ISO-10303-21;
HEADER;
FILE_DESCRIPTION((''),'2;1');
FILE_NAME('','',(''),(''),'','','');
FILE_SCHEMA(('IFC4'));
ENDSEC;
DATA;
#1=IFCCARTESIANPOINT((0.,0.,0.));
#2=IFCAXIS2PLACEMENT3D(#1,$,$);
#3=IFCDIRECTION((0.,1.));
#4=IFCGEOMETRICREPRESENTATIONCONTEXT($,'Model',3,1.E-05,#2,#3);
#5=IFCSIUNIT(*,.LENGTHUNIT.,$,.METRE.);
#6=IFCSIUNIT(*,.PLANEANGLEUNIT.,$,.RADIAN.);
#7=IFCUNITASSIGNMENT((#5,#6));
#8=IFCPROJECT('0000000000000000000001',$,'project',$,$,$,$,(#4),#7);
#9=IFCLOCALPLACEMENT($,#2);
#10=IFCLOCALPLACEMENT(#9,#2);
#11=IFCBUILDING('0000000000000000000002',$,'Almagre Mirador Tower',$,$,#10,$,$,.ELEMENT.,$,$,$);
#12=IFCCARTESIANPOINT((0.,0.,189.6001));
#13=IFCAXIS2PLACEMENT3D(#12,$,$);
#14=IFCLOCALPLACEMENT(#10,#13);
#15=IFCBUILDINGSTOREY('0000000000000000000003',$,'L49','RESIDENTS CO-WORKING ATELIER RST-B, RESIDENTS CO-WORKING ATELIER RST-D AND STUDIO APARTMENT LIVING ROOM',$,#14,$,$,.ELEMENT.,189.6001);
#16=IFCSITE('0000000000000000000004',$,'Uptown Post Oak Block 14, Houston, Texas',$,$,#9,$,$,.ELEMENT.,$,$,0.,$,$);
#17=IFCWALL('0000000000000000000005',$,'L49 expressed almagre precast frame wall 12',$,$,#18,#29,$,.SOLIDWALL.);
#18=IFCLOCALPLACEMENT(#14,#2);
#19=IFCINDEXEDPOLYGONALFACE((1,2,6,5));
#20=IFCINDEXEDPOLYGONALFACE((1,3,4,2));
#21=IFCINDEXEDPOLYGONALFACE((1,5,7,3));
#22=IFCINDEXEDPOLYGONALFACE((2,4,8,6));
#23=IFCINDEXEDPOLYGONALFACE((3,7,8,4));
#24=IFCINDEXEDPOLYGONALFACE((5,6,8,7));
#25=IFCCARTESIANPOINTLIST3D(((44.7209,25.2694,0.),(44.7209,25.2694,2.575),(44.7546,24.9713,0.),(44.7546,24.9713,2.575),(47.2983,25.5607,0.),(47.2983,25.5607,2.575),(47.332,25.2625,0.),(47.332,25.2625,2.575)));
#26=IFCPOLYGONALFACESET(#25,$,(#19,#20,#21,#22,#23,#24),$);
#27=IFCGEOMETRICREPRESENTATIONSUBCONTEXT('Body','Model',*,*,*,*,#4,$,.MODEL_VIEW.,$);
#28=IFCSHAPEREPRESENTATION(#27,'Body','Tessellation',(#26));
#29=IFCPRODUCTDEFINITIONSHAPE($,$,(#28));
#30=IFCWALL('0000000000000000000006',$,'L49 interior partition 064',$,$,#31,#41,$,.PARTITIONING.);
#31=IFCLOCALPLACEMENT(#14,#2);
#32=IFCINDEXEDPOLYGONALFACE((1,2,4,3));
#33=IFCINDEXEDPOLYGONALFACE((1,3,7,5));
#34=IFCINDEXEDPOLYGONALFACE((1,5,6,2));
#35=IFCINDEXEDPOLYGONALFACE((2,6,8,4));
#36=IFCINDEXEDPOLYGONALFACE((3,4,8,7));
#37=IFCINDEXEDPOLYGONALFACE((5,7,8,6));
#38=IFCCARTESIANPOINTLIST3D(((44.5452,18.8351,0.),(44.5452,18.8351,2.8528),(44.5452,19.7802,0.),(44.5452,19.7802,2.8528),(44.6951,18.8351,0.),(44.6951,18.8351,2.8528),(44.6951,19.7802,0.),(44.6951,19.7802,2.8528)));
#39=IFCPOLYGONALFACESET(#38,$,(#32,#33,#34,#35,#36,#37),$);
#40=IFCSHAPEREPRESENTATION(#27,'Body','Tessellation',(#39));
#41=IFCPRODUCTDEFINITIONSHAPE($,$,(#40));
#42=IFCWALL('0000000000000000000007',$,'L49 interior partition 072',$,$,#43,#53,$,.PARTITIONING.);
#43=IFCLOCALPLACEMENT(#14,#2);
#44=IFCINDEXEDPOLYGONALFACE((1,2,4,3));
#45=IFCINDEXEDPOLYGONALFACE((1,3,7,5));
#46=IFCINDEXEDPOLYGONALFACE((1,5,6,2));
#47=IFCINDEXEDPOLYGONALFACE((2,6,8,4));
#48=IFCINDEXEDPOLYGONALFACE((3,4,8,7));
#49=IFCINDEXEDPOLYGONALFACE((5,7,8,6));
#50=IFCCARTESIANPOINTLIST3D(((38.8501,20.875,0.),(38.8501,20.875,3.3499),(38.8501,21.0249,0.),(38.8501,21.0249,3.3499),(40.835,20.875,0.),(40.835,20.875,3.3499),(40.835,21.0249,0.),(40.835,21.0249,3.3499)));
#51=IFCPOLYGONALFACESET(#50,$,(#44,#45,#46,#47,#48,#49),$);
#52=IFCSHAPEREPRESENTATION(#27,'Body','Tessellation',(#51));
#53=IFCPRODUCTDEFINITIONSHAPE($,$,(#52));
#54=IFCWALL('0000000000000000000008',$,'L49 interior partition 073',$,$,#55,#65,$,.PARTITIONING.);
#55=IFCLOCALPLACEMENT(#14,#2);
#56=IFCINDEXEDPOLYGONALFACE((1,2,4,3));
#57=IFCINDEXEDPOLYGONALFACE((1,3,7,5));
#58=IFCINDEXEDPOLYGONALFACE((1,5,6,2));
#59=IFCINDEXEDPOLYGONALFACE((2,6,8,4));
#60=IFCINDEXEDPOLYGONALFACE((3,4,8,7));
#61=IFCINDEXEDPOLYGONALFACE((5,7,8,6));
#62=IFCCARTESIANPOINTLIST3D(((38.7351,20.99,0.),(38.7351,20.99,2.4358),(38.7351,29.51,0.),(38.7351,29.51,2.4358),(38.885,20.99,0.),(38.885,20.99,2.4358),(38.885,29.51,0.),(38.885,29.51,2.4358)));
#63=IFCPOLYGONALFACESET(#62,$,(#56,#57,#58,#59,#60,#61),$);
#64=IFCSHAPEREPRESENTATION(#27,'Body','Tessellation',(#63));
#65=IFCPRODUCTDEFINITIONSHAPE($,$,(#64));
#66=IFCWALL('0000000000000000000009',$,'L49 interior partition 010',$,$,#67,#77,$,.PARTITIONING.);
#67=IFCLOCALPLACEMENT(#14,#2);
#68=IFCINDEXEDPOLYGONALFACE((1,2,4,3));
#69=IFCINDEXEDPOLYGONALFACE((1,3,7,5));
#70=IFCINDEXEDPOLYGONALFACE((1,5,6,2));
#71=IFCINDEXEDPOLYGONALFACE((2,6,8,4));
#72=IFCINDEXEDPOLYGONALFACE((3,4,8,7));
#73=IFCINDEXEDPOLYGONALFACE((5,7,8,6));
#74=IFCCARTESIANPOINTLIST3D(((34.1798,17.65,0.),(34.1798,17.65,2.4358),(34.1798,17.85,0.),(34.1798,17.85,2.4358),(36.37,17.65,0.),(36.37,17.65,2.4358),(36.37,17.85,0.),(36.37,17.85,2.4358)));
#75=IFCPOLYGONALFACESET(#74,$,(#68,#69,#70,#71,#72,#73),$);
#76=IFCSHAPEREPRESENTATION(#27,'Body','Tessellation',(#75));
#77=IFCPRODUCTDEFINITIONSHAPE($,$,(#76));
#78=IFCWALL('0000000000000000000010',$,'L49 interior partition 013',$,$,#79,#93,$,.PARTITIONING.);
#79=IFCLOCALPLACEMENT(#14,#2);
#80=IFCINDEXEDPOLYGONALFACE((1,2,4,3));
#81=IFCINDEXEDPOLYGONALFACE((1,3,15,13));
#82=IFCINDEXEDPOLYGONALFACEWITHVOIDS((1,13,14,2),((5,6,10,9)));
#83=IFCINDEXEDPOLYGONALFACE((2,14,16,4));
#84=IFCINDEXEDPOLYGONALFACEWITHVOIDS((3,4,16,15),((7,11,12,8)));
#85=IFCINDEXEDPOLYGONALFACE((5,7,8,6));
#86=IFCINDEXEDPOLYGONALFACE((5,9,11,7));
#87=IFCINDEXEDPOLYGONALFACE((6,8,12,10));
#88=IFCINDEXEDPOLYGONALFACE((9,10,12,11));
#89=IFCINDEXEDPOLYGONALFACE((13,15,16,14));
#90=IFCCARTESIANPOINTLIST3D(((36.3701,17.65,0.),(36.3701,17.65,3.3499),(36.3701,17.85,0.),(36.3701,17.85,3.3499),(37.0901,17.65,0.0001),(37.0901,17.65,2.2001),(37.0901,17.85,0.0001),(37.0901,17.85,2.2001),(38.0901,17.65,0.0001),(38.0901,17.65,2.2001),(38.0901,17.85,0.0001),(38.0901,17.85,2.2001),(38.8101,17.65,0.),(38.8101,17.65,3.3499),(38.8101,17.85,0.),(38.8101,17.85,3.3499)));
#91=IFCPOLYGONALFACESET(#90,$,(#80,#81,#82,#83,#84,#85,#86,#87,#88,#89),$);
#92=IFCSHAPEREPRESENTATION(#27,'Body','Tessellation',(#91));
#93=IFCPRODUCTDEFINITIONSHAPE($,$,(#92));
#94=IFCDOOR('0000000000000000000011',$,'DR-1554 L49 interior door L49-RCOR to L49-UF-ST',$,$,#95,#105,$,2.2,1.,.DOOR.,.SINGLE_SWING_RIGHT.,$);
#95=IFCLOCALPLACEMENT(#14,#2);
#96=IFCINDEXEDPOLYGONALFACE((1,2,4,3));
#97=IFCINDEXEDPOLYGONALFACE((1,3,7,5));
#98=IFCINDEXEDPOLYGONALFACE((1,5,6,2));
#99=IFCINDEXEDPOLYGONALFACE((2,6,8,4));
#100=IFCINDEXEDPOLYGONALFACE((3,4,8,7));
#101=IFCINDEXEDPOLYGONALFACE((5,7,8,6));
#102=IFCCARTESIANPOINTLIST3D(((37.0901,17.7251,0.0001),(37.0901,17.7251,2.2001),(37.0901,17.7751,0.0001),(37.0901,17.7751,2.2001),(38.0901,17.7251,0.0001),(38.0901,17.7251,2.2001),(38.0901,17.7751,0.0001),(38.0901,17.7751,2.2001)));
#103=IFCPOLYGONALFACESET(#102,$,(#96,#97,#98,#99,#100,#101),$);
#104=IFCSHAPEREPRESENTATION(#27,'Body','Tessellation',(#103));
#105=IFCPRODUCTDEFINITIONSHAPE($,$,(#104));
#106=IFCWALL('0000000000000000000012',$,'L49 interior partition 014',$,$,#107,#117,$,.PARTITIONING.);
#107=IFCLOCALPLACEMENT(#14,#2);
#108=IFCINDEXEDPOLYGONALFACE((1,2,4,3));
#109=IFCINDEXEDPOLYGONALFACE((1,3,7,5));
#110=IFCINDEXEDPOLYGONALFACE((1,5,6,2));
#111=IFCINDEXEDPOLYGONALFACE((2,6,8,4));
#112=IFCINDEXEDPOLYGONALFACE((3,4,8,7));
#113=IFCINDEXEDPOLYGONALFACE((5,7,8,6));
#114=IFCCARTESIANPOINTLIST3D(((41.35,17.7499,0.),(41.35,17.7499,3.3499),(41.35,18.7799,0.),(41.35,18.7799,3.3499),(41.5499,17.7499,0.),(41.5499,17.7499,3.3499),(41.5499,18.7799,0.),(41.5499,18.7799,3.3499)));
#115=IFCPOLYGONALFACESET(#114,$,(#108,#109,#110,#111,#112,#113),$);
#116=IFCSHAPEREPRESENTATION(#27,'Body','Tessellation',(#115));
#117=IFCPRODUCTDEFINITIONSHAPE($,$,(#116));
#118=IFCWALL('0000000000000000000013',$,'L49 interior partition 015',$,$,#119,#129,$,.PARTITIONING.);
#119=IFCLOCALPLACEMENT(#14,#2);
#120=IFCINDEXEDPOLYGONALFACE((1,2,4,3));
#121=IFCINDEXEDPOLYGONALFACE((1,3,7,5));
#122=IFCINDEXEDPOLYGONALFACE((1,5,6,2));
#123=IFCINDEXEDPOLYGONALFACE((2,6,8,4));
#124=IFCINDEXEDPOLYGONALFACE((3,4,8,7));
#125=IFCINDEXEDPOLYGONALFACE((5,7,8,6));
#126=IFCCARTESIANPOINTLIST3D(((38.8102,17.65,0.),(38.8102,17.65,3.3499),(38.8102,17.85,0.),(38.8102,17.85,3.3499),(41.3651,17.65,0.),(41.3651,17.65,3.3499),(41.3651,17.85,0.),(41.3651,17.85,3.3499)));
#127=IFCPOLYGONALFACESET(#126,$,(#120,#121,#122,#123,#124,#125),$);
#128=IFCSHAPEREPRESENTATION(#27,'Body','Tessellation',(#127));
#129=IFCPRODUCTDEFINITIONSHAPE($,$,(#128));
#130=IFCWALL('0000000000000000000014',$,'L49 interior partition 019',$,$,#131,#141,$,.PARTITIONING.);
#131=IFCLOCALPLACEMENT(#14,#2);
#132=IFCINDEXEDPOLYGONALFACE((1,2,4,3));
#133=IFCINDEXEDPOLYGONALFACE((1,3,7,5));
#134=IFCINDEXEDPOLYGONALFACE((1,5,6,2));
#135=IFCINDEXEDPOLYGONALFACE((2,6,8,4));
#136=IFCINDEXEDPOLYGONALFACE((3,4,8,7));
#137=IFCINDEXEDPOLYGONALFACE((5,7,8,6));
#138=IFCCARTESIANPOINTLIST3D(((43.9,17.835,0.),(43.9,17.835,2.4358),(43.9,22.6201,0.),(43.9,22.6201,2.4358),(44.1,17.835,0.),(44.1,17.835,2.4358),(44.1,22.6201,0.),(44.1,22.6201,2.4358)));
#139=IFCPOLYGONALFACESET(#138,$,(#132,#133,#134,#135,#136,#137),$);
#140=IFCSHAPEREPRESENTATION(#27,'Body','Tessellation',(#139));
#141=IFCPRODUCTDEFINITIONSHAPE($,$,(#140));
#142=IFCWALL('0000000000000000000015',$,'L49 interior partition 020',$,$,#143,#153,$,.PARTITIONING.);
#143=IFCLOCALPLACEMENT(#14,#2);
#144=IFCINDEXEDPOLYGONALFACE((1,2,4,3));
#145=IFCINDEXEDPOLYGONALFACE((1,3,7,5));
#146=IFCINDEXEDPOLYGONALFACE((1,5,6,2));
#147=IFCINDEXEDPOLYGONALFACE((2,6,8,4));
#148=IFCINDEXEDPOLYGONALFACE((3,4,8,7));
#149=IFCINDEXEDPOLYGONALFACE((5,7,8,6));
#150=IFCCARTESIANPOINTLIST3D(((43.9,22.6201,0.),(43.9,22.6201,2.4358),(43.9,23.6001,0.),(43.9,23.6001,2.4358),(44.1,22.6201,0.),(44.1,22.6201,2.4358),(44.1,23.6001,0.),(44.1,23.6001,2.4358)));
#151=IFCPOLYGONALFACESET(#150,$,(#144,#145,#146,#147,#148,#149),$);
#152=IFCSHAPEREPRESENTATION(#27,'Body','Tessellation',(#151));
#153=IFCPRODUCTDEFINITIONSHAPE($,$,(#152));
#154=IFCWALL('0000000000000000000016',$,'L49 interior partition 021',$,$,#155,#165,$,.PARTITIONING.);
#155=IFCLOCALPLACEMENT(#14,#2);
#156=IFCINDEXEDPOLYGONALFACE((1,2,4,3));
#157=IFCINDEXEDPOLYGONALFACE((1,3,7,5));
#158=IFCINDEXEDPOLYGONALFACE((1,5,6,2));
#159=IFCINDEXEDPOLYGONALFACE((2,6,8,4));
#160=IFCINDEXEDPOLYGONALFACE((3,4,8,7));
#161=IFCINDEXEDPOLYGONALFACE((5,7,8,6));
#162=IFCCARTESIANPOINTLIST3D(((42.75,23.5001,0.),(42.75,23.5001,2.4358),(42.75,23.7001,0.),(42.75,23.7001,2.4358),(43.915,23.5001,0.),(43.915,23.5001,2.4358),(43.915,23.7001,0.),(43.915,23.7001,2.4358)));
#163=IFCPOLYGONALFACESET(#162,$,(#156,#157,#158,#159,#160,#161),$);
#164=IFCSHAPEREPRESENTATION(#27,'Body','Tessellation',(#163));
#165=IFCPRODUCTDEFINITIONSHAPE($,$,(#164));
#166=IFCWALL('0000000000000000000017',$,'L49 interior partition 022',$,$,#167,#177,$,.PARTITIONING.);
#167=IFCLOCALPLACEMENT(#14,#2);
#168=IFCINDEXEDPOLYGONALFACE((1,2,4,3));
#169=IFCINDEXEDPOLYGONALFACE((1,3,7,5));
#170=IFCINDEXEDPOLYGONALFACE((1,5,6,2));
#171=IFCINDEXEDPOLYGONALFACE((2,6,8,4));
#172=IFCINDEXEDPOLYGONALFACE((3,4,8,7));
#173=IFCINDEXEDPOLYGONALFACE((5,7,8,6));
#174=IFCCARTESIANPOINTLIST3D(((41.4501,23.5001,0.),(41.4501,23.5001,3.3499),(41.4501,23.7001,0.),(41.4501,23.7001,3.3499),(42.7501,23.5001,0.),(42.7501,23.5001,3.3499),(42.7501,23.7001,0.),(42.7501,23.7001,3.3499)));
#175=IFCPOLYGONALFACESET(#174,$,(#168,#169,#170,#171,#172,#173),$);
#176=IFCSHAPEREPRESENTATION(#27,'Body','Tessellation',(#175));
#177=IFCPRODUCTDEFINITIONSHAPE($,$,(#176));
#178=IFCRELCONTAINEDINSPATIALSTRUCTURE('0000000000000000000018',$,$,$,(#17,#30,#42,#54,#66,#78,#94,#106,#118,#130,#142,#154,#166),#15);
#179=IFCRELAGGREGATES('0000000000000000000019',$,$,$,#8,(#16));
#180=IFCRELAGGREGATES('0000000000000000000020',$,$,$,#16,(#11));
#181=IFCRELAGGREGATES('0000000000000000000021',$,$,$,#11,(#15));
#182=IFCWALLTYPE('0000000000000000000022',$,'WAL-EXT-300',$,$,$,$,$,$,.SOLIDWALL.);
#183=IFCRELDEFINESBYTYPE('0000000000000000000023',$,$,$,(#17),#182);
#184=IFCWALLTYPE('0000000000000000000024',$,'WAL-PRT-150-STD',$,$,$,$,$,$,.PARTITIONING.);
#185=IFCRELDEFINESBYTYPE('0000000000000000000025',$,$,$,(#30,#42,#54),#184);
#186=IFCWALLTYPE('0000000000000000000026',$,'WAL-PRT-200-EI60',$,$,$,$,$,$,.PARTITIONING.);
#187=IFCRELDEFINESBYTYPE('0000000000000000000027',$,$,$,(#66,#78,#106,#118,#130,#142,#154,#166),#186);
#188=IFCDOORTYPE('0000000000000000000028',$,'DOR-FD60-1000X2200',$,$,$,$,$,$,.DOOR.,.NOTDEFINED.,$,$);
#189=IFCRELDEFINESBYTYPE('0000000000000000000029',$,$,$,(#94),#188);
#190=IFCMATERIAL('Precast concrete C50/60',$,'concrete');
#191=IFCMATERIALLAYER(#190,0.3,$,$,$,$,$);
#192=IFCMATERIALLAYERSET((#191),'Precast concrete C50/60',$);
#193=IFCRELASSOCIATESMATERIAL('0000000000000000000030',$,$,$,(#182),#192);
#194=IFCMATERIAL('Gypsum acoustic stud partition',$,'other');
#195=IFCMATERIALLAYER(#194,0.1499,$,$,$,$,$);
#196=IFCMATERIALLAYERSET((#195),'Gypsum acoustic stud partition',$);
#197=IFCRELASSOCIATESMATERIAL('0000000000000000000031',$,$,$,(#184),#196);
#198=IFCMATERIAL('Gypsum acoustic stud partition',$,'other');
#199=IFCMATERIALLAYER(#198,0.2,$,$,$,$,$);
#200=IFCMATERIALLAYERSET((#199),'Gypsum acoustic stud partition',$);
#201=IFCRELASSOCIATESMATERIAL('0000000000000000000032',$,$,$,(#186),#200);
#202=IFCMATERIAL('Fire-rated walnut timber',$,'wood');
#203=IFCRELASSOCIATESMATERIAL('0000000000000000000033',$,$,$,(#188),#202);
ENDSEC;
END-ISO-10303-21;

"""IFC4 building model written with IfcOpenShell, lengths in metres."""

from ifc_helpers import new_model, si_unit, direction, frame, frame_2d, origin, place, context, subcontext, project, spatial, rectangle, extrude, material, layer, layer_set, type_object, element, fill, save


model = new_model("IFC4")

# Units and contexts
model_context = context("Model", 3, precision=1e-05, world=origin(), true_north=direction((0.0, 1.0)))
body_context = subcontext(model_context, "Body", "Model", "MODEL_VIEW")
ifc_project = project(units=[si_unit("LENGTHUNIT", "METRE"), si_unit("PLANEANGLEUNIT", "RADIAN")], contexts=[model_context])

# Site, building, storey
site_placement = place(None, origin())
site = spatial("IfcSite", under=ifc_project, at=site_placement, Name="Uptown Post Oak Block 14, Houston, Texas", CompositionType="ELEMENT", RefElevation=0.0)
building_placement = place(site_placement, origin())
building = spatial("IfcBuilding", under=site, at=building_placement, Name="Almagre Mirador Tower", CompositionType="ELEMENT")
storey_placement = place(building_placement, frame((0.0, 0.0, 189.6001)))
storey = spatial("IfcBuildingStorey", under=building, at=storey_placement, Name="L49", Description="RESIDENTS CO-WORKING ATELIER RST-B, RESIDENTS CO-WORKING ATELIER RST-D AND STUDIO APARTMENT LIVING ROOM", CompositionType="ELEMENT", Elevation=189.6001)

# Walls
ifc_material_1 = material(Name="Precast concrete C50/60", Category="concrete")
ifc_layer_1 = layer(ifc_material_1, 0.3)
ifc_layer_set_1 = layer_set([ifc_layer_1], Name="Precast concrete C50/60")
wall_type_1 = type_object("IfcWallType", Name="WAL-EXT-300", PredefinedType="SOLIDWALL", material=ifc_layer_set_1)
wall_1_placement = place(storey_placement, frame((44.7378, 25.1204, 0.0), z_axis=(0.0, 0.0, 1.0), x_axis=(0.993675, 0.112291, 0.0)))
element("IfcWall", 1, at=wall_1_placement, inside=storey, type_object=wall_type_1, Name="L49 expressed almagre precast frame wall 12", PredefinedType="SOLIDWALL", context=body_context, shape_type="SweptSolid", body=[
    extrude(rectangle(XDim=2.5938, YDim=0.3, at=frame_2d((1.2969, 0.0))), origin(), (0.0, 0.0, 1.0), 2.575),
])
ifc_material_2 = material(Name="Gypsum acoustic stud partition", Category="other")
ifc_layer_2 = layer(ifc_material_2, 0.1499)
ifc_layer_set_2 = layer_set([ifc_layer_2], Name="Gypsum acoustic stud partition")
wall_type_2 = type_object("IfcWallType", Name="WAL-PRT-150-STD", PredefinedType="PARTITIONING", material=ifc_layer_set_2)
wall_2_placement = place(storey_placement, frame((44.6201, 18.835, 0.0), z_axis=(0.0, 0.0, 1.0), x_axis=(0.0, 1.0, 0.0)))
element("IfcWall", 2, at=wall_2_placement, inside=storey, type_object=wall_type_2, Name="L49 interior partition 064", PredefinedType="PARTITIONING", context=body_context, shape_type="SweptSolid", body=[
    extrude(rectangle(XDim=0.9451, YDim=0.1499, at=frame_2d((0.4727, 0.0))), origin(), (0.0, 0.0, 1.0), 2.8528),
])
wall_3_placement = place(storey_placement, frame((40.835, 20.95, 0.0), z_axis=(0.0, 0.0, 1.0), x_axis=(-1.0, 0.0, 0.0)))
element("IfcWall", 3, at=wall_3_placement, inside=storey, type_object=wall_type_2, Name="L49 interior partition 072", PredefinedType="PARTITIONING", context=body_context, shape_type="SweptSolid", body=[
    extrude(rectangle(XDim=1.9849, YDim=0.1499, at=frame_2d((0.9924, 0.0))), origin(), (0.0, 0.0, 1.0), 3.3499),
])
wall_4_placement = place(storey_placement, frame((38.8101, 20.99, 0.0), z_axis=(0.0, 0.0, 1.0), x_axis=(0.0, 1.0, 0.0)))
element("IfcWall", 4, at=wall_4_placement, inside=storey, type_object=wall_type_2, Name="L49 interior partition 073", PredefinedType="PARTITIONING", context=body_context, shape_type="SweptSolid", body=[
    extrude(rectangle(XDim=8.52, YDim=0.1499, at=frame_2d((4.26, 0.0))), origin(), (0.0, 0.0, 1.0), 2.4358),
])
ifc_material_3 = material(Name="Gypsum acoustic stud partition", Category="other")
ifc_layer_3 = layer(ifc_material_3, 0.2)
ifc_layer_set_3 = layer_set([ifc_layer_3], Name="Gypsum acoustic stud partition")
wall_type_3 = type_object("IfcWallType", Name="WAL-PRT-200-EI60", PredefinedType="PARTITIONING", material=ifc_layer_set_3)
wall_5_placement = place(storey_placement, frame((36.3701, 17.75, 0.0), z_axis=(0.0, 0.0, 1.0), x_axis=(-1.0, 0.0, 0.0)))
element("IfcWall", 5, at=wall_5_placement, inside=storey, type_object=wall_type_3, Name="L49 interior partition 010", PredefinedType="PARTITIONING", context=body_context, shape_type="SweptSolid", body=[
    extrude(rectangle(XDim=2.1902, YDim=0.2, at=frame_2d((1.0952, 0.0))), origin(), (0.0, 0.0, 1.0), 2.4358),
])

# Wall, opening, door
wall_6_placement = place(storey_placement, frame((38.8101, 17.75, 0.0), z_axis=(0.0, 0.0, 1.0), x_axis=(-1.0, 0.0, 0.0)))
wall_6 = element("IfcWall", 6, at=wall_6_placement, inside=storey, type_object=wall_type_3, Name="L49 interior partition 013", PredefinedType="PARTITIONING", context=body_context, shape_type="SweptSolid", body=[
    extrude(rectangle(XDim=2.4399, YDim=0.2, at=frame_2d((1.22, 0.0))), origin(), (0.0, 0.0, 1.0), 3.3499),
])
opening_1_placement = place(wall_6_placement, frame((0.72, 0.0, 0.0)))
opening_1 = element("IfcOpeningElement", 7, at=opening_1_placement, cuts=wall_6, PredefinedType="OPENING", context=body_context, shape_type="SweptSolid", body=[
    extrude(rectangle(XDim=1.0, YDim=2.2, at=frame_2d((0.5, 1.1001))), frame((0.0, 0.1101, 0.0), z_axis=(0.0, -1.0, 0.0), x_axis=(1.0, 0.0, 0.0)), (0.0, 0.0, 1.0), 0.22),
])
ifc_material_4 = material(Name="Fire-rated walnut timber", Category="wood")
door_type_1 = type_object("IfcDoorType", Name="DOR-FD60-1000X2200", OperationType="NOTDEFINED", PredefinedType="DOOR", material=ifc_material_4)
door_1_placement = place(opening_1_placement, origin())
door_1 = element("IfcDoor", 8, at=door_1_placement, inside=storey, type_object=door_type_1, Name="DR-1554 L49 interior door L49-RCOR to L49-UF-ST", OperationType="SINGLE_SWING_RIGHT", OverallHeight=2.2, OverallWidth=1.0, PredefinedType="DOOR", context=body_context, shape_type="SweptSolid", body=[
    extrude(rectangle(XDim=1.0, YDim=2.2, at=frame_2d((0.5, 1.1001))), frame((0.0, 0.0249, 0.0), z_axis=(0.0, -1.0, 0.0), x_axis=(1.0, 0.0, 0.0)), (0.0, 0.0, 1.0), 0.05),
])
fill(opening_1, door_1)

# Walls
wall_7_placement = place(storey_placement, frame((41.45, 18.78, 0.0), z_axis=(0.0, 0.0, 1.0), x_axis=(0.0, -1.0, 0.0)))
element("IfcWall", 9, at=wall_7_placement, inside=storey, type_object=wall_type_3, Name="L49 interior partition 014", PredefinedType="PARTITIONING", context=body_context, shape_type="SweptSolid", body=[
    extrude(rectangle(XDim=1.03, YDim=0.2, at=frame_2d((0.5151, 0.0))), origin(), (0.0, 0.0, 1.0), 3.3499),
])
wall_8_placement = place(storey_placement, frame((41.365, 17.75, 0.0), z_axis=(0.0, 0.0, 1.0), x_axis=(-1.0, 0.0, 0.0)))
element("IfcWall", 10, at=wall_8_placement, inside=storey, type_object=wall_type_3, Name="L49 interior partition 015", PredefinedType="PARTITIONING", context=body_context, shape_type="SweptSolid", body=[
    extrude(rectangle(XDim=2.5549, YDim=0.2, at=frame_2d((1.2773, 0.0))), origin(), (0.0, 0.0, 1.0), 3.3499),
])
wall_9_placement = place(storey_placement, frame((44.0, 17.835, 0.0), z_axis=(0.0, 0.0, 1.0), x_axis=(0.0, 1.0, 0.0)))
element("IfcWall", 11, at=wall_9_placement, inside=storey, type_object=wall_type_3, Name="L49 interior partition 019", PredefinedType="PARTITIONING", context=body_context, shape_type="SweptSolid", body=[
    extrude(rectangle(XDim=4.7852, YDim=0.2, at=frame_2d((2.3926, 0.0))), origin(), (0.0, 0.0, 1.0), 2.4358),
])
wall_10_placement = place(storey_placement, frame((44.0, 22.6201, 0.0), z_axis=(0.0, 0.0, 1.0), x_axis=(0.0, 1.0, 0.0)))
element("IfcWall", 12, at=wall_10_placement, inside=storey, type_object=wall_type_3, Name="L49 interior partition 020", PredefinedType="PARTITIONING", context=body_context, shape_type="SweptSolid", body=[
    extrude(rectangle(XDim=0.98, YDim=0.2, at=frame_2d((0.49, 0.0))), origin(), (0.0, 0.0, 1.0), 2.4358),
])
wall_11_placement = place(storey_placement, frame((43.915, 23.6001, 0.0), z_axis=(0.0, 0.0, 1.0), x_axis=(-1.0, 0.0, 0.0)))
element("IfcWall", 13, at=wall_11_placement, inside=storey, type_object=wall_type_3, Name="L49 interior partition 021", PredefinedType="PARTITIONING", context=body_context, shape_type="SweptSolid", body=[
    extrude(rectangle(XDim=1.165, YDim=0.2, at=frame_2d((0.5825, 0.0))), origin(), (0.0, 0.0, 1.0), 2.4358),
])
wall_12_placement = place(storey_placement, frame((42.75, 23.6001, 0.0), z_axis=(0.0, 0.0, 1.0), x_axis=(-1.0, 0.0, 0.0)))
element("IfcWall", 14, at=wall_12_placement, inside=storey, type_object=wall_type_3, Name="L49 interior partition 022", PredefinedType="PARTITIONING", context=body_context, shape_type="SweptSolid", body=[
    extrude(rectangle(XDim=1.3, YDim=0.2, at=frame_2d((0.6499, 0.0))), origin(), (0.0, 0.0, 1.0), 3.3499),
])

save(model, "model.ifc")
